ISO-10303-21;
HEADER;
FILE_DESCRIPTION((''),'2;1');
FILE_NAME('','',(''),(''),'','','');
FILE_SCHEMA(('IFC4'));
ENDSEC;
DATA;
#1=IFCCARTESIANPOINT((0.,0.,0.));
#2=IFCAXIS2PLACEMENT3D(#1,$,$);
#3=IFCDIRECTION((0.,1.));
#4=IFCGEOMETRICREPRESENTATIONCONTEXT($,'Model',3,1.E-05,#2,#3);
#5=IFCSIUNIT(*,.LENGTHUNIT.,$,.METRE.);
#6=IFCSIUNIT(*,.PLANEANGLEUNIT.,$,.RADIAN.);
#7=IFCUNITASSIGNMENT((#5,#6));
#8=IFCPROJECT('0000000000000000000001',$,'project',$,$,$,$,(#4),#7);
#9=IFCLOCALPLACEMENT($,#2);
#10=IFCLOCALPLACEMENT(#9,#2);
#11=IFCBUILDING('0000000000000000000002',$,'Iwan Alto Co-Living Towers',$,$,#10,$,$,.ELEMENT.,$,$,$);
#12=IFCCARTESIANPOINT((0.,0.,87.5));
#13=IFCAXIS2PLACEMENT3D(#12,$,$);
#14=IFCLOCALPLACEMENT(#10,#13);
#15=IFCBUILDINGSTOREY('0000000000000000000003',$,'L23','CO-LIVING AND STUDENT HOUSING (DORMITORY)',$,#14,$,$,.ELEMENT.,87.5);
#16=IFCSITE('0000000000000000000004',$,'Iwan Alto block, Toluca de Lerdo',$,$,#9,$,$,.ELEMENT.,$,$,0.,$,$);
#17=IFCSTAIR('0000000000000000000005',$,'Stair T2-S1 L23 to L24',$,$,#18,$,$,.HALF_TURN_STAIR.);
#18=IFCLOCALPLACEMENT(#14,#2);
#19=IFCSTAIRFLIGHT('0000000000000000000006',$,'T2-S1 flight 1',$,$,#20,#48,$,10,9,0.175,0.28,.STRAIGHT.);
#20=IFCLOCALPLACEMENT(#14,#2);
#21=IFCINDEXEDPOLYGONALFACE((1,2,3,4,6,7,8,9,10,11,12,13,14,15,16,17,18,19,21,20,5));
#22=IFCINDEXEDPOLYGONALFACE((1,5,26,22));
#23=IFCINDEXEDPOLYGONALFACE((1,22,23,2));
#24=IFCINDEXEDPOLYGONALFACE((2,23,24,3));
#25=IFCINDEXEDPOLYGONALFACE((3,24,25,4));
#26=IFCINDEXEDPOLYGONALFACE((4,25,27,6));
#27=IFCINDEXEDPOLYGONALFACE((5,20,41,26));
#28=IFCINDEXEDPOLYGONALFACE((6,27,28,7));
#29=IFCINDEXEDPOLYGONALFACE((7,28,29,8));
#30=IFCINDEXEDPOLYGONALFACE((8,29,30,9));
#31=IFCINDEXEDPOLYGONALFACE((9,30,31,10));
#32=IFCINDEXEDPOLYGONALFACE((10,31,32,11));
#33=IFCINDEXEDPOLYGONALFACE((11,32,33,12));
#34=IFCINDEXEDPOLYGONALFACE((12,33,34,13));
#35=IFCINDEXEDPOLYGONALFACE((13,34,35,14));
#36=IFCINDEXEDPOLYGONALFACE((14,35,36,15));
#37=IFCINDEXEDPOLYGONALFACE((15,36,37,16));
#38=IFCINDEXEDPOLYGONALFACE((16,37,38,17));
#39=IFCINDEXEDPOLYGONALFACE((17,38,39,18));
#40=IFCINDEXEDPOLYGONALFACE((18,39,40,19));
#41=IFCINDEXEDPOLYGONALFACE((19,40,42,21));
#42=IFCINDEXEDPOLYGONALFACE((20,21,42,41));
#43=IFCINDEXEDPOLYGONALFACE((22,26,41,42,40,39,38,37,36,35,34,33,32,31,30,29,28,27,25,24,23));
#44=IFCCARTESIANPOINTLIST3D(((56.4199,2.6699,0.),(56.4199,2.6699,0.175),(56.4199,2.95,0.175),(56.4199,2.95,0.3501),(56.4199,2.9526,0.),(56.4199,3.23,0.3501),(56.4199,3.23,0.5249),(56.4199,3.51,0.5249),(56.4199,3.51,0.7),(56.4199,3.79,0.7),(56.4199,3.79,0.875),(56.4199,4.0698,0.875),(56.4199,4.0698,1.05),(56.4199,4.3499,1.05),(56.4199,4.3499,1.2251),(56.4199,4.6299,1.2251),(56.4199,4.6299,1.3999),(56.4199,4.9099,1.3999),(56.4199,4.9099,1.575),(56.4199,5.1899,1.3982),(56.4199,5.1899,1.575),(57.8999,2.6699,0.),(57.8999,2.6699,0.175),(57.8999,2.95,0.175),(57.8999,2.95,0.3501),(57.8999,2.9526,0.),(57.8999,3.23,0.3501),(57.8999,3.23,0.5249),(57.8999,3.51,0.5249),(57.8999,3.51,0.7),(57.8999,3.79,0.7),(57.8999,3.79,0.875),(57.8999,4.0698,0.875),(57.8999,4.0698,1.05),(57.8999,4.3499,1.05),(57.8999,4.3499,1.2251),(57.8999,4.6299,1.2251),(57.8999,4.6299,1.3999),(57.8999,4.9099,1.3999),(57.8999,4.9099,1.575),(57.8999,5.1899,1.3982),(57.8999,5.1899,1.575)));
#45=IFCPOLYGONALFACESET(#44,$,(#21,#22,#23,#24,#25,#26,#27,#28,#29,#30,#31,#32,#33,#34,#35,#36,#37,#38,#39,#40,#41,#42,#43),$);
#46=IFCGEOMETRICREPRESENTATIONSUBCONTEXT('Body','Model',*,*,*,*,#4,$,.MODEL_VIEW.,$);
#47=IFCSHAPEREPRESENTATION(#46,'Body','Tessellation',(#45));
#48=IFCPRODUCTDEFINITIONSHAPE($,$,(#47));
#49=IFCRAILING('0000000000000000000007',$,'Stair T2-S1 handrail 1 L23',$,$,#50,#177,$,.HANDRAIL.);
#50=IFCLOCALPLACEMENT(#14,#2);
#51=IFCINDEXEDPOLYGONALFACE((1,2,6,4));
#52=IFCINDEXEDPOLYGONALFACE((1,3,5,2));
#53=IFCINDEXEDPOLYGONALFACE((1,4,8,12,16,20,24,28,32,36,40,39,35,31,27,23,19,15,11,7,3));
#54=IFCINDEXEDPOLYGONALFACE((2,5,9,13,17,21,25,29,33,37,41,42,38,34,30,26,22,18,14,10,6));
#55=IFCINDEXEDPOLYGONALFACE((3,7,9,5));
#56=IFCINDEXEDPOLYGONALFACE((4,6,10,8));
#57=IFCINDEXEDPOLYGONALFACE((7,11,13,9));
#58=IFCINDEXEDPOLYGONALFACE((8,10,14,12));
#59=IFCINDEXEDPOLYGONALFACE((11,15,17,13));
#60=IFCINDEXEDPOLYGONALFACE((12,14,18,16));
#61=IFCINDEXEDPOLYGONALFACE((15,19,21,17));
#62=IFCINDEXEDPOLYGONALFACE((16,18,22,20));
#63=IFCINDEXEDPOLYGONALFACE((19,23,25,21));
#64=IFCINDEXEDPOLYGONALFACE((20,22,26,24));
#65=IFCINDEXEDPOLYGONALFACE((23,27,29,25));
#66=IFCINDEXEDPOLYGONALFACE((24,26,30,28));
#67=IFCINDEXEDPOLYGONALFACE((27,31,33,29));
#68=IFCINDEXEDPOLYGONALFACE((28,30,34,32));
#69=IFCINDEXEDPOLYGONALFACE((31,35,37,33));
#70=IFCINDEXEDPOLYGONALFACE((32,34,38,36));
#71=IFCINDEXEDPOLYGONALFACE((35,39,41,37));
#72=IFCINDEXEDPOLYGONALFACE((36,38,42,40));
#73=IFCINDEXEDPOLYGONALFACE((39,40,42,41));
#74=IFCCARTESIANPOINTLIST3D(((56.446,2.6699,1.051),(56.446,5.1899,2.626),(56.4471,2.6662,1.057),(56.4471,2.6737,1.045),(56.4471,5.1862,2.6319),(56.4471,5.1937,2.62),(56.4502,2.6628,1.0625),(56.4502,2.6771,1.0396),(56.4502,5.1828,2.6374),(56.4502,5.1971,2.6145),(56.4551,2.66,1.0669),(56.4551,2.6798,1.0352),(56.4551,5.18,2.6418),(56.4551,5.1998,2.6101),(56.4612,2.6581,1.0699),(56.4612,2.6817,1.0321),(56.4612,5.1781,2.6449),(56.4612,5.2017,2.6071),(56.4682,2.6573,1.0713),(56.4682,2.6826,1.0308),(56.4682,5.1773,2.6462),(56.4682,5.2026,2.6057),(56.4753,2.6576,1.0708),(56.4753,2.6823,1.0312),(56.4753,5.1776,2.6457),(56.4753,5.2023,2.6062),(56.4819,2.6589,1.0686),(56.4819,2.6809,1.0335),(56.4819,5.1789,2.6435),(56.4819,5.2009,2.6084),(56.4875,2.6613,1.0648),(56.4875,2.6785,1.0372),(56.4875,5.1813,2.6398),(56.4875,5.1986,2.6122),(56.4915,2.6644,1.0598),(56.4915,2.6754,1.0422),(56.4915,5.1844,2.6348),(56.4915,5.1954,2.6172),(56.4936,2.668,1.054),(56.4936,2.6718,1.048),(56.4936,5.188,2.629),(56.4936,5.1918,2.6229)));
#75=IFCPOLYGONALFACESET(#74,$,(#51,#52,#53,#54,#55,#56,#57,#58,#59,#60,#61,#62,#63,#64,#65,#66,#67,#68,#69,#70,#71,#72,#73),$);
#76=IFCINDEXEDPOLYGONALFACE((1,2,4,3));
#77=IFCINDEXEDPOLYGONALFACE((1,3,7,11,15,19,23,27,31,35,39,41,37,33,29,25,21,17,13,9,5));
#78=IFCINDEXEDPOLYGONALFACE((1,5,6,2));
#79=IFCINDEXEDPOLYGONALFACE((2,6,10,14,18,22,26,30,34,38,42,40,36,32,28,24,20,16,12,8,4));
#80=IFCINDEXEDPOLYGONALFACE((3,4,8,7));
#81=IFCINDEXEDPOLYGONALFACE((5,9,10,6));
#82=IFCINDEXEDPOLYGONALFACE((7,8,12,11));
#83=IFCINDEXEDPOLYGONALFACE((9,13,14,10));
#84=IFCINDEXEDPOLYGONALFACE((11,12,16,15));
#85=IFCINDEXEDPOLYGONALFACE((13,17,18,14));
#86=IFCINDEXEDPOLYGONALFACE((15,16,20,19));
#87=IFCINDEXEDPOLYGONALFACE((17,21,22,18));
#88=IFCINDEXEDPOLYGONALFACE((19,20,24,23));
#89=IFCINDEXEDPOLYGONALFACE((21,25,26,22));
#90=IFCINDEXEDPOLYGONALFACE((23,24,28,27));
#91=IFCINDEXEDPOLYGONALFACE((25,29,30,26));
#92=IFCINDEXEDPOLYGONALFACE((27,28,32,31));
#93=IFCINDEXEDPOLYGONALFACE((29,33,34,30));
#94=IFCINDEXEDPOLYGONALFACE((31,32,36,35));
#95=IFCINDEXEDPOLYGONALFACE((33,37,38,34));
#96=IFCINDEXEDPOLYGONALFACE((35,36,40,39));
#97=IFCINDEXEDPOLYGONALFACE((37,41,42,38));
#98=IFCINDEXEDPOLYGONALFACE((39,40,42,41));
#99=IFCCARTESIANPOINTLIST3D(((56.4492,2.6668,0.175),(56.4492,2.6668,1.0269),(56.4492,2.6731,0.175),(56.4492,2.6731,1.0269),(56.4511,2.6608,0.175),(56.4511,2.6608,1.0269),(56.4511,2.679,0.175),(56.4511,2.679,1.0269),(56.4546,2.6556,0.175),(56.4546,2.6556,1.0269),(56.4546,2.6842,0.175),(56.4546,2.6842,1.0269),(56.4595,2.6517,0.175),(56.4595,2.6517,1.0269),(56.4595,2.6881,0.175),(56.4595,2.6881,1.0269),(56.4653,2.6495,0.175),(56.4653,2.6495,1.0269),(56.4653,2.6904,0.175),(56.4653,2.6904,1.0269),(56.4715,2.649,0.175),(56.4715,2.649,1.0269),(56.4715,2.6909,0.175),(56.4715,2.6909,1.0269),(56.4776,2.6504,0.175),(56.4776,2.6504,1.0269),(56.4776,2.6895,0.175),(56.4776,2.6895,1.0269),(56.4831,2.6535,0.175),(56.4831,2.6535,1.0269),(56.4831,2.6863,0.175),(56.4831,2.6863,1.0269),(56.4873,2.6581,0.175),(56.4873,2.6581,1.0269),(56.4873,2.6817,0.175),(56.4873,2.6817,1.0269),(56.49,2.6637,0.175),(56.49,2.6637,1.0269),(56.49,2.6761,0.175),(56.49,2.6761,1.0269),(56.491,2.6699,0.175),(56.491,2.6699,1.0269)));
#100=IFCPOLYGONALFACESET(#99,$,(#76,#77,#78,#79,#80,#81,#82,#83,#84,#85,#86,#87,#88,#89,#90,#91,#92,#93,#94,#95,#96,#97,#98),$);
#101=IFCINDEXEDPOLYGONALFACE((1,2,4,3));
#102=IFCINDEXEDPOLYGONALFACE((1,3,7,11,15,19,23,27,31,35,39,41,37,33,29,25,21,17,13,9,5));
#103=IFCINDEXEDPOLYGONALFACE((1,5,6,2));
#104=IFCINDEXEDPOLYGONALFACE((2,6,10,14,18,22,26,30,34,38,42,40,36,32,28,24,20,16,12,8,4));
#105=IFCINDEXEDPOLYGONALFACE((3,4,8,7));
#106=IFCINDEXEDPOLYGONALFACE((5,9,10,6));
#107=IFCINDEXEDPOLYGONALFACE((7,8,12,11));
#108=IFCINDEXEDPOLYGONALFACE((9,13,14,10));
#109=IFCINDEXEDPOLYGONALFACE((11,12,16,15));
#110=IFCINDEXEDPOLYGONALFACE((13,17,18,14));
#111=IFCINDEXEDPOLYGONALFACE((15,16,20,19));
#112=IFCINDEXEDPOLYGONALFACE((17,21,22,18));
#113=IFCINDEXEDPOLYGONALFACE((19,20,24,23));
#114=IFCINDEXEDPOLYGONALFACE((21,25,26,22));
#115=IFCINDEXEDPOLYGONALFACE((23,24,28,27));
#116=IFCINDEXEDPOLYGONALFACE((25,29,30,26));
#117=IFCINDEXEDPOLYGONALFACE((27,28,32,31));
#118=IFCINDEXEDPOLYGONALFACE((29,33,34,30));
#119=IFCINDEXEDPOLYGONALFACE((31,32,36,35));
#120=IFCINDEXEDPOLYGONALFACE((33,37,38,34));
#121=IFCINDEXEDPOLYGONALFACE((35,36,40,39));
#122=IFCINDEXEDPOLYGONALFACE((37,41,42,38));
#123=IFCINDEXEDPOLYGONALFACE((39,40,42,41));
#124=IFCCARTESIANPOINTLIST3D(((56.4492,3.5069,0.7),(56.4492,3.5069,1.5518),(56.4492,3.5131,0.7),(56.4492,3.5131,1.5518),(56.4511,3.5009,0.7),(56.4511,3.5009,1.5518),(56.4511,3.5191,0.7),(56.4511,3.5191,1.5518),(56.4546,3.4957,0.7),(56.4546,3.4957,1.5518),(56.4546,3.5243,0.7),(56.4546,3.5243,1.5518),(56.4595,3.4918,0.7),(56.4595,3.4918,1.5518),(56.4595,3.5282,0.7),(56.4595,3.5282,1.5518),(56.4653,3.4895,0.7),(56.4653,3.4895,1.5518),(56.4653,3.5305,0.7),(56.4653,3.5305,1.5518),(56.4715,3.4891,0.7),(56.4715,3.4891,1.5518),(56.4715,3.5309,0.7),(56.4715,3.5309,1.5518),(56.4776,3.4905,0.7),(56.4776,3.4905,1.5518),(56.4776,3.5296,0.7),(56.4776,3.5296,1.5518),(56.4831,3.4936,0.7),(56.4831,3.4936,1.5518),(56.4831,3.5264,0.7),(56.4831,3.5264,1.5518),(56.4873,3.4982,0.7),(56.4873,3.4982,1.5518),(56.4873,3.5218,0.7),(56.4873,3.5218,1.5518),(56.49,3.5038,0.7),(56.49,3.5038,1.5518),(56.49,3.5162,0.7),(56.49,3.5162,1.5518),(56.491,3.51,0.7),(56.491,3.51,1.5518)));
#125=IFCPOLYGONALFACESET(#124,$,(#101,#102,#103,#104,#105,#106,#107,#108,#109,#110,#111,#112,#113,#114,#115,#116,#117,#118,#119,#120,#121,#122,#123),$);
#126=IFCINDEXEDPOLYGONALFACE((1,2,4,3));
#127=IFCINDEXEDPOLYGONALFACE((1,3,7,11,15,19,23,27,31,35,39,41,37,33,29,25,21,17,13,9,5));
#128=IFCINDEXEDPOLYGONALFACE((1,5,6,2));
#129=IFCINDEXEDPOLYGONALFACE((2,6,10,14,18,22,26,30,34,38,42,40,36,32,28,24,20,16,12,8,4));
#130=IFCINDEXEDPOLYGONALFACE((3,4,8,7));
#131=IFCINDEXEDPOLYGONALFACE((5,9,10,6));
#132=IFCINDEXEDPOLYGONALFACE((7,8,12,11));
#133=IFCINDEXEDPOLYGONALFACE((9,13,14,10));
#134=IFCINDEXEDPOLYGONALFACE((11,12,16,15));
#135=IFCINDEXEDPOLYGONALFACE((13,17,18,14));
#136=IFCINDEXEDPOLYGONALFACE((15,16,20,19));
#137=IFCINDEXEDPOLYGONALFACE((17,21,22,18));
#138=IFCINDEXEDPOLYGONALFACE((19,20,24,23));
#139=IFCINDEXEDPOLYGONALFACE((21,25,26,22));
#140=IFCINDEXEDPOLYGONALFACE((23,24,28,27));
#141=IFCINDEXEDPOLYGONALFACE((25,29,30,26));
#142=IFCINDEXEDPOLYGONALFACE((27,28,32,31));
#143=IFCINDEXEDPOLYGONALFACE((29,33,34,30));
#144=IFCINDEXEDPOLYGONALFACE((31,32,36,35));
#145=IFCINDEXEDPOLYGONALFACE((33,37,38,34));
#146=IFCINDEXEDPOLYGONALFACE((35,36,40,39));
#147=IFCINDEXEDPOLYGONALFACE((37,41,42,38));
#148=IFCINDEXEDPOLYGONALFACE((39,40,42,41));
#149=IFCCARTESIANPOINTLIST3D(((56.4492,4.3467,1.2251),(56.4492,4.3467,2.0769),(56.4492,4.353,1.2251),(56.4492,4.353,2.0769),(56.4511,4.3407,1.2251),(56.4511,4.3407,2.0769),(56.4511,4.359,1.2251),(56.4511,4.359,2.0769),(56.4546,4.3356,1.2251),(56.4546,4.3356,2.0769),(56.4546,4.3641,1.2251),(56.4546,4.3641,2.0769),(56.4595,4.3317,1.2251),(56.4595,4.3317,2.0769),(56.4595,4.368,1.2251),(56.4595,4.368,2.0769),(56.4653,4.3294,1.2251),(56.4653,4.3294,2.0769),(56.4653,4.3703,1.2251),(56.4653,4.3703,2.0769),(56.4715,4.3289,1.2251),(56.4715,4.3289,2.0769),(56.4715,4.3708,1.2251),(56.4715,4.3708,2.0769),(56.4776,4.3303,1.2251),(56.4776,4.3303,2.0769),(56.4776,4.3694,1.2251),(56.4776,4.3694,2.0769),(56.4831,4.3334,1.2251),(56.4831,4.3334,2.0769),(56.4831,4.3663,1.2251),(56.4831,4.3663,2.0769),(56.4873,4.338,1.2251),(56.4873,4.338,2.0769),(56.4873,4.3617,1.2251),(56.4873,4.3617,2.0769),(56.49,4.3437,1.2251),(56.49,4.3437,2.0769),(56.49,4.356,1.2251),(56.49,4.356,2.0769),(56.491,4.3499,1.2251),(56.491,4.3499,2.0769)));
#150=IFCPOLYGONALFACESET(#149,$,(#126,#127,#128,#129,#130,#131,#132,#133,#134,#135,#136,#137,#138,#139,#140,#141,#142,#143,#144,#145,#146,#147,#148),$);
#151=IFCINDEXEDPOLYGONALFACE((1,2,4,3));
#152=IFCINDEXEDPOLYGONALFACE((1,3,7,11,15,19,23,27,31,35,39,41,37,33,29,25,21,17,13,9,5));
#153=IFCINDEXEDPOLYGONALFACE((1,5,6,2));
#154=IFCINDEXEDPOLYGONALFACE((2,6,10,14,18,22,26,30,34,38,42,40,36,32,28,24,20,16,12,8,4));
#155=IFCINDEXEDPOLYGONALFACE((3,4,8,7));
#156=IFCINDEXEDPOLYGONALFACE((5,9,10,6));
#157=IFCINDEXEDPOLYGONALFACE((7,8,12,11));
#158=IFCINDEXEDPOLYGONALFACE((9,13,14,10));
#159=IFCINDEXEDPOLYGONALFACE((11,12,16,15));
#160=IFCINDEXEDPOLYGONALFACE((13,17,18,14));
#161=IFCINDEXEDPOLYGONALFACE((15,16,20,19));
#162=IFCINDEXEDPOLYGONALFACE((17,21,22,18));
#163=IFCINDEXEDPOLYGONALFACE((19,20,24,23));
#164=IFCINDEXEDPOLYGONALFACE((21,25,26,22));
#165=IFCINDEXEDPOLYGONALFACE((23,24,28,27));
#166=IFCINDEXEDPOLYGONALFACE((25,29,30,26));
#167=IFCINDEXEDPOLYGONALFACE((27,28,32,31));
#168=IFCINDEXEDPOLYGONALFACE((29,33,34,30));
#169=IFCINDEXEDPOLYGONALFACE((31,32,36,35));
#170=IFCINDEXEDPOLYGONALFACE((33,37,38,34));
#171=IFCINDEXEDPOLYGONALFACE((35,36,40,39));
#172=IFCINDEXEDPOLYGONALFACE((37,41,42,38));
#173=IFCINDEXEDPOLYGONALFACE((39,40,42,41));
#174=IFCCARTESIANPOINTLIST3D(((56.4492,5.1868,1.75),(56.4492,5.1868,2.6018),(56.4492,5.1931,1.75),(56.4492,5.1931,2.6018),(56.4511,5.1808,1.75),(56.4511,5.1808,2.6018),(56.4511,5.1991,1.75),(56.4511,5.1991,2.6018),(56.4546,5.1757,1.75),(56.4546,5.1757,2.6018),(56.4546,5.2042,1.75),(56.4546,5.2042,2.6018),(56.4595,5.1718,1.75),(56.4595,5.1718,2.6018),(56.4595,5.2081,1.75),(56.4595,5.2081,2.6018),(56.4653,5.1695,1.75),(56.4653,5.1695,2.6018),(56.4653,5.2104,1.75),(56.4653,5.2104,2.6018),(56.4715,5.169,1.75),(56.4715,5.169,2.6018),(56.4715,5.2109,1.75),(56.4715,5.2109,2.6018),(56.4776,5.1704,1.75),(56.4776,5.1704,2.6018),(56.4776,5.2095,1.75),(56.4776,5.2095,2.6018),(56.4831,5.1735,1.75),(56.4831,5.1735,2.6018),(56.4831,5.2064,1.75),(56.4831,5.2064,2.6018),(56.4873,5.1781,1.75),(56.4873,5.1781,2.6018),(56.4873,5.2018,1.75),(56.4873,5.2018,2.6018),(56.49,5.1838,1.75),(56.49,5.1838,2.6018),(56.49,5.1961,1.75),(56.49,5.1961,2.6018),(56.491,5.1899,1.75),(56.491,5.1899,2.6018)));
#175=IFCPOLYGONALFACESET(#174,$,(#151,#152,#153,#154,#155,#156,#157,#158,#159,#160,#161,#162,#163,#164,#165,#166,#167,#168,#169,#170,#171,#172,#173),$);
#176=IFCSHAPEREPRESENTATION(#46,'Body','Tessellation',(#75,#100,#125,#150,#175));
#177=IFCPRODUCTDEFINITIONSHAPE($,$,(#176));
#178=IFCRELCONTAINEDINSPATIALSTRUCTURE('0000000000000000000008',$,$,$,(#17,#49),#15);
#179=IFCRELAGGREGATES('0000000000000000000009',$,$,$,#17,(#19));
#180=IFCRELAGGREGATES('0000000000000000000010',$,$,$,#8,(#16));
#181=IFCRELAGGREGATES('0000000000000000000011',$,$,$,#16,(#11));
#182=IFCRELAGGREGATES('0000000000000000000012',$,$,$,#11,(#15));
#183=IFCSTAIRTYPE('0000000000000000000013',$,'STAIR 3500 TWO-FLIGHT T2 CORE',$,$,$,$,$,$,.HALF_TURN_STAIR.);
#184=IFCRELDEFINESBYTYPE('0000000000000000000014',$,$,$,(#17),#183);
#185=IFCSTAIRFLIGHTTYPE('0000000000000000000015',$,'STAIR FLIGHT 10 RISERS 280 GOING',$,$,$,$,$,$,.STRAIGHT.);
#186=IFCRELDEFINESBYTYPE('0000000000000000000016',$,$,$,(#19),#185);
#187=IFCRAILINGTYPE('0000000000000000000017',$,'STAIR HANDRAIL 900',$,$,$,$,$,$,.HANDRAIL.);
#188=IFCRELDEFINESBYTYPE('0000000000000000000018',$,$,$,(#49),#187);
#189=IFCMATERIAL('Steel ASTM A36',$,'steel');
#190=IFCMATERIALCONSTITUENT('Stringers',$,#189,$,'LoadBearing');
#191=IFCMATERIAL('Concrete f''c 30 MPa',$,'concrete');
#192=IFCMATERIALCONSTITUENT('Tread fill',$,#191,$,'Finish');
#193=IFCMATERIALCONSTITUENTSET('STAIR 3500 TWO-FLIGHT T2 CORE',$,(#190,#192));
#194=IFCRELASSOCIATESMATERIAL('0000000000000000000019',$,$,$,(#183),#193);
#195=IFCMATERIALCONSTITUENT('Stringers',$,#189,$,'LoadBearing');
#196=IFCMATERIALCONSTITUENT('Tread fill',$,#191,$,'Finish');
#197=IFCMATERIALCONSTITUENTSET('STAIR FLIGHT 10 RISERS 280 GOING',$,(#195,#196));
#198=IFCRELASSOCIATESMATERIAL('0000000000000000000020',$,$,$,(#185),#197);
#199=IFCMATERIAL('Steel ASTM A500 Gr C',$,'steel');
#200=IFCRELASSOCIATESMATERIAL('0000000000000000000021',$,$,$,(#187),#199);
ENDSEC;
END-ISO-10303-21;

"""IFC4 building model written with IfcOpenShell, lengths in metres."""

from ifc_helpers import new_model, si_unit, direction, frame, origin, origin_2d, place, context, subcontext, project, spatial, polyline, circle, outline, extrude, material, constituent, constituent_set, type_object, element, aggregate, save


model = new_model("IFC4")

# Units and contexts
model_context = context("Model", 3, precision=1e-05, world=origin(), true_north=direction((0.0, 1.0)))
body_context = subcontext(model_context, "Body", "Model", "MODEL_VIEW")
ifc_project = project(units=[si_unit("LENGTHUNIT", "METRE"), si_unit("PLANEANGLEUNIT", "RADIAN")], contexts=[model_context])

# Site, building, storey
site_placement = place(None, origin())
site = spatial("IfcSite", under=ifc_project, at=site_placement, Name="Iwan Alto block, Toluca de Lerdo", CompositionType="ELEMENT", RefElevation=0.0)
building_placement = place(site_placement, origin())
building = spatial("IfcBuilding", under=site, at=building_placement, Name="Iwan Alto Co-Living Towers", CompositionType="ELEMENT")
storey_placement = place(building_placement, frame((0.0, 0.0, 87.5)))
storey = spatial("IfcBuildingStorey", under=building, at=storey_placement, Name="L23", Description="CO-LIVING AND STUDENT HOUSING (DORMITORY)", CompositionType="ELEMENT", Elevation=87.5)

# Stair, stair flight
ifc_material_1 = material(Name="Steel ASTM A36", Category="steel")
ifc_constituent_1 = constituent(ifc_material_1, Name="Stringers", Category="LoadBearing")
ifc_material_2 = material(Name="Concrete f'c 30 MPa", Category="concrete")
ifc_constituent_2 = constituent(ifc_material_2, Name="Tread fill", Category="Finish")
ifc_constituent_set_1 = constituent_set(constituents=[ifc_constituent_1, ifc_constituent_2], Name="STAIR 3500 TWO-FLIGHT T2 CORE")
stair_type = type_object("IfcStairType", Name="STAIR 3500 TWO-FLIGHT T2 CORE", PredefinedType="HALF_TURN_STAIR", material=ifc_constituent_set_1)
stair_placement = place(storey_placement, origin())
stair = element("IfcStair", 1, at=stair_placement, inside=storey, type_object=stair_type, Name="Stair T2-S1 L23 to L24", PredefinedType="HALF_TURN_STAIR")
ifc_constituent_3 = constituent(ifc_material_1, Name="Stringers", Category="LoadBearing")
ifc_constituent_4 = constituent(ifc_material_2, Name="Tread fill", Category="Finish")
ifc_constituent_set_2 = constituent_set(constituents=[ifc_constituent_3, ifc_constituent_4], Name="STAIR FLIGHT 10 RISERS 280 GOING")
stair_flight_type = type_object("IfcStairFlightType", Name="STAIR FLIGHT 10 RISERS 280 GOING", PredefinedType="STRAIGHT", material=ifc_constituent_set_2)
stair_flight_placement = place(storey_placement, frame((57.1599, 2.6699, 0.0), z_axis=(0.0, 0.0, 1.0), x_axis=(0.0, 1.0, 0.0)))
stair_flight = element("IfcStairFlight", 2, at=stair_flight_placement, type_object=stair_flight_type, Name="T2-S1 flight 1", NumberOfRisers=10, NumberOfTreads=9, PredefinedType="STRAIGHT", RiserHeight=0.175, TreadLength=0.28, context=body_context, shape_type="SweptSolid", body=[
    extrude(outline(polyline([(0.0, 0.0), (0.0, 0.175), (0.28, 0.175), (0.28, 0.3501), (0.5601, 0.3501), (0.5601, 0.5249), (0.8401, 0.5249), (0.8401, 0.7), (1.1201, 0.7), (1.1201, 0.875), (1.3999, 0.875), (1.3999, 1.05), (1.6799, 1.05), (1.6799, 1.2251), (1.96, 1.2251), (1.96, 1.3999), (2.24, 1.3999), (2.24, 1.575), (2.52, 1.575), (2.52, 1.75), (2.52, 1.3982), (0.2827, 0.0), (0.0, 0.0)])), frame((0.0, 0.74, 0.0), z_axis=(0.0, -1.0, 0.0), x_axis=(1.0, 0.0, 0.0)), (0.0, 0.0, 1.0), 1.48),
])
aggregate(stair, [stair_flight])

# Railing
ifc_material_3 = material(Name="Steel ASTM A500 Gr C", Category="steel")
railing_type_1 = type_object("IfcRailingType", Name="STAIR HANDRAIL 900", PredefinedType="HANDRAIL", material=ifc_material_3)
railing_1_placement = place(storey_placement, frame((56.47, 2.6699, 0.175)))
element("IfcRailing", 3, at=railing_1_placement, inside=storey, type_object=railing_type_1, Name="Stair T2-S1 handrail 1 L23", PredefinedType="HANDRAIL", context=body_context, shape_type="SweptSolid", body=[
    extrude(circle(Radius=0.0239, at=origin_2d()), frame((0.0, 0.0, 0.876), z_axis=(0.0, 0.848008, 0.529984), x_axis=(-1.0, 0.0, 0.0)), (0.0, 0.0, 1.0), 2.9717),
    extrude(circle(Radius=0.021, at=origin_2d()), origin(), (0.0, 0.0, 1.0), 0.8518),
    extrude(circle(Radius=0.021, at=origin_2d()), frame((0.0, 0.8401, 0.5249)), (0.0, 0.0, 1.0), 0.8518),
    extrude(circle(Radius=0.021, at=origin_2d()), frame((0.0, 1.6799, 1.05)), (0.0, 0.0, 1.0), 0.8518),
    extrude(circle(Radius=0.021, at=origin_2d()), frame((0.0, 2.52, 1.575)), (0.0, 0.0, 1.0), 0.8518),
])

save(model, "model.ifc")
